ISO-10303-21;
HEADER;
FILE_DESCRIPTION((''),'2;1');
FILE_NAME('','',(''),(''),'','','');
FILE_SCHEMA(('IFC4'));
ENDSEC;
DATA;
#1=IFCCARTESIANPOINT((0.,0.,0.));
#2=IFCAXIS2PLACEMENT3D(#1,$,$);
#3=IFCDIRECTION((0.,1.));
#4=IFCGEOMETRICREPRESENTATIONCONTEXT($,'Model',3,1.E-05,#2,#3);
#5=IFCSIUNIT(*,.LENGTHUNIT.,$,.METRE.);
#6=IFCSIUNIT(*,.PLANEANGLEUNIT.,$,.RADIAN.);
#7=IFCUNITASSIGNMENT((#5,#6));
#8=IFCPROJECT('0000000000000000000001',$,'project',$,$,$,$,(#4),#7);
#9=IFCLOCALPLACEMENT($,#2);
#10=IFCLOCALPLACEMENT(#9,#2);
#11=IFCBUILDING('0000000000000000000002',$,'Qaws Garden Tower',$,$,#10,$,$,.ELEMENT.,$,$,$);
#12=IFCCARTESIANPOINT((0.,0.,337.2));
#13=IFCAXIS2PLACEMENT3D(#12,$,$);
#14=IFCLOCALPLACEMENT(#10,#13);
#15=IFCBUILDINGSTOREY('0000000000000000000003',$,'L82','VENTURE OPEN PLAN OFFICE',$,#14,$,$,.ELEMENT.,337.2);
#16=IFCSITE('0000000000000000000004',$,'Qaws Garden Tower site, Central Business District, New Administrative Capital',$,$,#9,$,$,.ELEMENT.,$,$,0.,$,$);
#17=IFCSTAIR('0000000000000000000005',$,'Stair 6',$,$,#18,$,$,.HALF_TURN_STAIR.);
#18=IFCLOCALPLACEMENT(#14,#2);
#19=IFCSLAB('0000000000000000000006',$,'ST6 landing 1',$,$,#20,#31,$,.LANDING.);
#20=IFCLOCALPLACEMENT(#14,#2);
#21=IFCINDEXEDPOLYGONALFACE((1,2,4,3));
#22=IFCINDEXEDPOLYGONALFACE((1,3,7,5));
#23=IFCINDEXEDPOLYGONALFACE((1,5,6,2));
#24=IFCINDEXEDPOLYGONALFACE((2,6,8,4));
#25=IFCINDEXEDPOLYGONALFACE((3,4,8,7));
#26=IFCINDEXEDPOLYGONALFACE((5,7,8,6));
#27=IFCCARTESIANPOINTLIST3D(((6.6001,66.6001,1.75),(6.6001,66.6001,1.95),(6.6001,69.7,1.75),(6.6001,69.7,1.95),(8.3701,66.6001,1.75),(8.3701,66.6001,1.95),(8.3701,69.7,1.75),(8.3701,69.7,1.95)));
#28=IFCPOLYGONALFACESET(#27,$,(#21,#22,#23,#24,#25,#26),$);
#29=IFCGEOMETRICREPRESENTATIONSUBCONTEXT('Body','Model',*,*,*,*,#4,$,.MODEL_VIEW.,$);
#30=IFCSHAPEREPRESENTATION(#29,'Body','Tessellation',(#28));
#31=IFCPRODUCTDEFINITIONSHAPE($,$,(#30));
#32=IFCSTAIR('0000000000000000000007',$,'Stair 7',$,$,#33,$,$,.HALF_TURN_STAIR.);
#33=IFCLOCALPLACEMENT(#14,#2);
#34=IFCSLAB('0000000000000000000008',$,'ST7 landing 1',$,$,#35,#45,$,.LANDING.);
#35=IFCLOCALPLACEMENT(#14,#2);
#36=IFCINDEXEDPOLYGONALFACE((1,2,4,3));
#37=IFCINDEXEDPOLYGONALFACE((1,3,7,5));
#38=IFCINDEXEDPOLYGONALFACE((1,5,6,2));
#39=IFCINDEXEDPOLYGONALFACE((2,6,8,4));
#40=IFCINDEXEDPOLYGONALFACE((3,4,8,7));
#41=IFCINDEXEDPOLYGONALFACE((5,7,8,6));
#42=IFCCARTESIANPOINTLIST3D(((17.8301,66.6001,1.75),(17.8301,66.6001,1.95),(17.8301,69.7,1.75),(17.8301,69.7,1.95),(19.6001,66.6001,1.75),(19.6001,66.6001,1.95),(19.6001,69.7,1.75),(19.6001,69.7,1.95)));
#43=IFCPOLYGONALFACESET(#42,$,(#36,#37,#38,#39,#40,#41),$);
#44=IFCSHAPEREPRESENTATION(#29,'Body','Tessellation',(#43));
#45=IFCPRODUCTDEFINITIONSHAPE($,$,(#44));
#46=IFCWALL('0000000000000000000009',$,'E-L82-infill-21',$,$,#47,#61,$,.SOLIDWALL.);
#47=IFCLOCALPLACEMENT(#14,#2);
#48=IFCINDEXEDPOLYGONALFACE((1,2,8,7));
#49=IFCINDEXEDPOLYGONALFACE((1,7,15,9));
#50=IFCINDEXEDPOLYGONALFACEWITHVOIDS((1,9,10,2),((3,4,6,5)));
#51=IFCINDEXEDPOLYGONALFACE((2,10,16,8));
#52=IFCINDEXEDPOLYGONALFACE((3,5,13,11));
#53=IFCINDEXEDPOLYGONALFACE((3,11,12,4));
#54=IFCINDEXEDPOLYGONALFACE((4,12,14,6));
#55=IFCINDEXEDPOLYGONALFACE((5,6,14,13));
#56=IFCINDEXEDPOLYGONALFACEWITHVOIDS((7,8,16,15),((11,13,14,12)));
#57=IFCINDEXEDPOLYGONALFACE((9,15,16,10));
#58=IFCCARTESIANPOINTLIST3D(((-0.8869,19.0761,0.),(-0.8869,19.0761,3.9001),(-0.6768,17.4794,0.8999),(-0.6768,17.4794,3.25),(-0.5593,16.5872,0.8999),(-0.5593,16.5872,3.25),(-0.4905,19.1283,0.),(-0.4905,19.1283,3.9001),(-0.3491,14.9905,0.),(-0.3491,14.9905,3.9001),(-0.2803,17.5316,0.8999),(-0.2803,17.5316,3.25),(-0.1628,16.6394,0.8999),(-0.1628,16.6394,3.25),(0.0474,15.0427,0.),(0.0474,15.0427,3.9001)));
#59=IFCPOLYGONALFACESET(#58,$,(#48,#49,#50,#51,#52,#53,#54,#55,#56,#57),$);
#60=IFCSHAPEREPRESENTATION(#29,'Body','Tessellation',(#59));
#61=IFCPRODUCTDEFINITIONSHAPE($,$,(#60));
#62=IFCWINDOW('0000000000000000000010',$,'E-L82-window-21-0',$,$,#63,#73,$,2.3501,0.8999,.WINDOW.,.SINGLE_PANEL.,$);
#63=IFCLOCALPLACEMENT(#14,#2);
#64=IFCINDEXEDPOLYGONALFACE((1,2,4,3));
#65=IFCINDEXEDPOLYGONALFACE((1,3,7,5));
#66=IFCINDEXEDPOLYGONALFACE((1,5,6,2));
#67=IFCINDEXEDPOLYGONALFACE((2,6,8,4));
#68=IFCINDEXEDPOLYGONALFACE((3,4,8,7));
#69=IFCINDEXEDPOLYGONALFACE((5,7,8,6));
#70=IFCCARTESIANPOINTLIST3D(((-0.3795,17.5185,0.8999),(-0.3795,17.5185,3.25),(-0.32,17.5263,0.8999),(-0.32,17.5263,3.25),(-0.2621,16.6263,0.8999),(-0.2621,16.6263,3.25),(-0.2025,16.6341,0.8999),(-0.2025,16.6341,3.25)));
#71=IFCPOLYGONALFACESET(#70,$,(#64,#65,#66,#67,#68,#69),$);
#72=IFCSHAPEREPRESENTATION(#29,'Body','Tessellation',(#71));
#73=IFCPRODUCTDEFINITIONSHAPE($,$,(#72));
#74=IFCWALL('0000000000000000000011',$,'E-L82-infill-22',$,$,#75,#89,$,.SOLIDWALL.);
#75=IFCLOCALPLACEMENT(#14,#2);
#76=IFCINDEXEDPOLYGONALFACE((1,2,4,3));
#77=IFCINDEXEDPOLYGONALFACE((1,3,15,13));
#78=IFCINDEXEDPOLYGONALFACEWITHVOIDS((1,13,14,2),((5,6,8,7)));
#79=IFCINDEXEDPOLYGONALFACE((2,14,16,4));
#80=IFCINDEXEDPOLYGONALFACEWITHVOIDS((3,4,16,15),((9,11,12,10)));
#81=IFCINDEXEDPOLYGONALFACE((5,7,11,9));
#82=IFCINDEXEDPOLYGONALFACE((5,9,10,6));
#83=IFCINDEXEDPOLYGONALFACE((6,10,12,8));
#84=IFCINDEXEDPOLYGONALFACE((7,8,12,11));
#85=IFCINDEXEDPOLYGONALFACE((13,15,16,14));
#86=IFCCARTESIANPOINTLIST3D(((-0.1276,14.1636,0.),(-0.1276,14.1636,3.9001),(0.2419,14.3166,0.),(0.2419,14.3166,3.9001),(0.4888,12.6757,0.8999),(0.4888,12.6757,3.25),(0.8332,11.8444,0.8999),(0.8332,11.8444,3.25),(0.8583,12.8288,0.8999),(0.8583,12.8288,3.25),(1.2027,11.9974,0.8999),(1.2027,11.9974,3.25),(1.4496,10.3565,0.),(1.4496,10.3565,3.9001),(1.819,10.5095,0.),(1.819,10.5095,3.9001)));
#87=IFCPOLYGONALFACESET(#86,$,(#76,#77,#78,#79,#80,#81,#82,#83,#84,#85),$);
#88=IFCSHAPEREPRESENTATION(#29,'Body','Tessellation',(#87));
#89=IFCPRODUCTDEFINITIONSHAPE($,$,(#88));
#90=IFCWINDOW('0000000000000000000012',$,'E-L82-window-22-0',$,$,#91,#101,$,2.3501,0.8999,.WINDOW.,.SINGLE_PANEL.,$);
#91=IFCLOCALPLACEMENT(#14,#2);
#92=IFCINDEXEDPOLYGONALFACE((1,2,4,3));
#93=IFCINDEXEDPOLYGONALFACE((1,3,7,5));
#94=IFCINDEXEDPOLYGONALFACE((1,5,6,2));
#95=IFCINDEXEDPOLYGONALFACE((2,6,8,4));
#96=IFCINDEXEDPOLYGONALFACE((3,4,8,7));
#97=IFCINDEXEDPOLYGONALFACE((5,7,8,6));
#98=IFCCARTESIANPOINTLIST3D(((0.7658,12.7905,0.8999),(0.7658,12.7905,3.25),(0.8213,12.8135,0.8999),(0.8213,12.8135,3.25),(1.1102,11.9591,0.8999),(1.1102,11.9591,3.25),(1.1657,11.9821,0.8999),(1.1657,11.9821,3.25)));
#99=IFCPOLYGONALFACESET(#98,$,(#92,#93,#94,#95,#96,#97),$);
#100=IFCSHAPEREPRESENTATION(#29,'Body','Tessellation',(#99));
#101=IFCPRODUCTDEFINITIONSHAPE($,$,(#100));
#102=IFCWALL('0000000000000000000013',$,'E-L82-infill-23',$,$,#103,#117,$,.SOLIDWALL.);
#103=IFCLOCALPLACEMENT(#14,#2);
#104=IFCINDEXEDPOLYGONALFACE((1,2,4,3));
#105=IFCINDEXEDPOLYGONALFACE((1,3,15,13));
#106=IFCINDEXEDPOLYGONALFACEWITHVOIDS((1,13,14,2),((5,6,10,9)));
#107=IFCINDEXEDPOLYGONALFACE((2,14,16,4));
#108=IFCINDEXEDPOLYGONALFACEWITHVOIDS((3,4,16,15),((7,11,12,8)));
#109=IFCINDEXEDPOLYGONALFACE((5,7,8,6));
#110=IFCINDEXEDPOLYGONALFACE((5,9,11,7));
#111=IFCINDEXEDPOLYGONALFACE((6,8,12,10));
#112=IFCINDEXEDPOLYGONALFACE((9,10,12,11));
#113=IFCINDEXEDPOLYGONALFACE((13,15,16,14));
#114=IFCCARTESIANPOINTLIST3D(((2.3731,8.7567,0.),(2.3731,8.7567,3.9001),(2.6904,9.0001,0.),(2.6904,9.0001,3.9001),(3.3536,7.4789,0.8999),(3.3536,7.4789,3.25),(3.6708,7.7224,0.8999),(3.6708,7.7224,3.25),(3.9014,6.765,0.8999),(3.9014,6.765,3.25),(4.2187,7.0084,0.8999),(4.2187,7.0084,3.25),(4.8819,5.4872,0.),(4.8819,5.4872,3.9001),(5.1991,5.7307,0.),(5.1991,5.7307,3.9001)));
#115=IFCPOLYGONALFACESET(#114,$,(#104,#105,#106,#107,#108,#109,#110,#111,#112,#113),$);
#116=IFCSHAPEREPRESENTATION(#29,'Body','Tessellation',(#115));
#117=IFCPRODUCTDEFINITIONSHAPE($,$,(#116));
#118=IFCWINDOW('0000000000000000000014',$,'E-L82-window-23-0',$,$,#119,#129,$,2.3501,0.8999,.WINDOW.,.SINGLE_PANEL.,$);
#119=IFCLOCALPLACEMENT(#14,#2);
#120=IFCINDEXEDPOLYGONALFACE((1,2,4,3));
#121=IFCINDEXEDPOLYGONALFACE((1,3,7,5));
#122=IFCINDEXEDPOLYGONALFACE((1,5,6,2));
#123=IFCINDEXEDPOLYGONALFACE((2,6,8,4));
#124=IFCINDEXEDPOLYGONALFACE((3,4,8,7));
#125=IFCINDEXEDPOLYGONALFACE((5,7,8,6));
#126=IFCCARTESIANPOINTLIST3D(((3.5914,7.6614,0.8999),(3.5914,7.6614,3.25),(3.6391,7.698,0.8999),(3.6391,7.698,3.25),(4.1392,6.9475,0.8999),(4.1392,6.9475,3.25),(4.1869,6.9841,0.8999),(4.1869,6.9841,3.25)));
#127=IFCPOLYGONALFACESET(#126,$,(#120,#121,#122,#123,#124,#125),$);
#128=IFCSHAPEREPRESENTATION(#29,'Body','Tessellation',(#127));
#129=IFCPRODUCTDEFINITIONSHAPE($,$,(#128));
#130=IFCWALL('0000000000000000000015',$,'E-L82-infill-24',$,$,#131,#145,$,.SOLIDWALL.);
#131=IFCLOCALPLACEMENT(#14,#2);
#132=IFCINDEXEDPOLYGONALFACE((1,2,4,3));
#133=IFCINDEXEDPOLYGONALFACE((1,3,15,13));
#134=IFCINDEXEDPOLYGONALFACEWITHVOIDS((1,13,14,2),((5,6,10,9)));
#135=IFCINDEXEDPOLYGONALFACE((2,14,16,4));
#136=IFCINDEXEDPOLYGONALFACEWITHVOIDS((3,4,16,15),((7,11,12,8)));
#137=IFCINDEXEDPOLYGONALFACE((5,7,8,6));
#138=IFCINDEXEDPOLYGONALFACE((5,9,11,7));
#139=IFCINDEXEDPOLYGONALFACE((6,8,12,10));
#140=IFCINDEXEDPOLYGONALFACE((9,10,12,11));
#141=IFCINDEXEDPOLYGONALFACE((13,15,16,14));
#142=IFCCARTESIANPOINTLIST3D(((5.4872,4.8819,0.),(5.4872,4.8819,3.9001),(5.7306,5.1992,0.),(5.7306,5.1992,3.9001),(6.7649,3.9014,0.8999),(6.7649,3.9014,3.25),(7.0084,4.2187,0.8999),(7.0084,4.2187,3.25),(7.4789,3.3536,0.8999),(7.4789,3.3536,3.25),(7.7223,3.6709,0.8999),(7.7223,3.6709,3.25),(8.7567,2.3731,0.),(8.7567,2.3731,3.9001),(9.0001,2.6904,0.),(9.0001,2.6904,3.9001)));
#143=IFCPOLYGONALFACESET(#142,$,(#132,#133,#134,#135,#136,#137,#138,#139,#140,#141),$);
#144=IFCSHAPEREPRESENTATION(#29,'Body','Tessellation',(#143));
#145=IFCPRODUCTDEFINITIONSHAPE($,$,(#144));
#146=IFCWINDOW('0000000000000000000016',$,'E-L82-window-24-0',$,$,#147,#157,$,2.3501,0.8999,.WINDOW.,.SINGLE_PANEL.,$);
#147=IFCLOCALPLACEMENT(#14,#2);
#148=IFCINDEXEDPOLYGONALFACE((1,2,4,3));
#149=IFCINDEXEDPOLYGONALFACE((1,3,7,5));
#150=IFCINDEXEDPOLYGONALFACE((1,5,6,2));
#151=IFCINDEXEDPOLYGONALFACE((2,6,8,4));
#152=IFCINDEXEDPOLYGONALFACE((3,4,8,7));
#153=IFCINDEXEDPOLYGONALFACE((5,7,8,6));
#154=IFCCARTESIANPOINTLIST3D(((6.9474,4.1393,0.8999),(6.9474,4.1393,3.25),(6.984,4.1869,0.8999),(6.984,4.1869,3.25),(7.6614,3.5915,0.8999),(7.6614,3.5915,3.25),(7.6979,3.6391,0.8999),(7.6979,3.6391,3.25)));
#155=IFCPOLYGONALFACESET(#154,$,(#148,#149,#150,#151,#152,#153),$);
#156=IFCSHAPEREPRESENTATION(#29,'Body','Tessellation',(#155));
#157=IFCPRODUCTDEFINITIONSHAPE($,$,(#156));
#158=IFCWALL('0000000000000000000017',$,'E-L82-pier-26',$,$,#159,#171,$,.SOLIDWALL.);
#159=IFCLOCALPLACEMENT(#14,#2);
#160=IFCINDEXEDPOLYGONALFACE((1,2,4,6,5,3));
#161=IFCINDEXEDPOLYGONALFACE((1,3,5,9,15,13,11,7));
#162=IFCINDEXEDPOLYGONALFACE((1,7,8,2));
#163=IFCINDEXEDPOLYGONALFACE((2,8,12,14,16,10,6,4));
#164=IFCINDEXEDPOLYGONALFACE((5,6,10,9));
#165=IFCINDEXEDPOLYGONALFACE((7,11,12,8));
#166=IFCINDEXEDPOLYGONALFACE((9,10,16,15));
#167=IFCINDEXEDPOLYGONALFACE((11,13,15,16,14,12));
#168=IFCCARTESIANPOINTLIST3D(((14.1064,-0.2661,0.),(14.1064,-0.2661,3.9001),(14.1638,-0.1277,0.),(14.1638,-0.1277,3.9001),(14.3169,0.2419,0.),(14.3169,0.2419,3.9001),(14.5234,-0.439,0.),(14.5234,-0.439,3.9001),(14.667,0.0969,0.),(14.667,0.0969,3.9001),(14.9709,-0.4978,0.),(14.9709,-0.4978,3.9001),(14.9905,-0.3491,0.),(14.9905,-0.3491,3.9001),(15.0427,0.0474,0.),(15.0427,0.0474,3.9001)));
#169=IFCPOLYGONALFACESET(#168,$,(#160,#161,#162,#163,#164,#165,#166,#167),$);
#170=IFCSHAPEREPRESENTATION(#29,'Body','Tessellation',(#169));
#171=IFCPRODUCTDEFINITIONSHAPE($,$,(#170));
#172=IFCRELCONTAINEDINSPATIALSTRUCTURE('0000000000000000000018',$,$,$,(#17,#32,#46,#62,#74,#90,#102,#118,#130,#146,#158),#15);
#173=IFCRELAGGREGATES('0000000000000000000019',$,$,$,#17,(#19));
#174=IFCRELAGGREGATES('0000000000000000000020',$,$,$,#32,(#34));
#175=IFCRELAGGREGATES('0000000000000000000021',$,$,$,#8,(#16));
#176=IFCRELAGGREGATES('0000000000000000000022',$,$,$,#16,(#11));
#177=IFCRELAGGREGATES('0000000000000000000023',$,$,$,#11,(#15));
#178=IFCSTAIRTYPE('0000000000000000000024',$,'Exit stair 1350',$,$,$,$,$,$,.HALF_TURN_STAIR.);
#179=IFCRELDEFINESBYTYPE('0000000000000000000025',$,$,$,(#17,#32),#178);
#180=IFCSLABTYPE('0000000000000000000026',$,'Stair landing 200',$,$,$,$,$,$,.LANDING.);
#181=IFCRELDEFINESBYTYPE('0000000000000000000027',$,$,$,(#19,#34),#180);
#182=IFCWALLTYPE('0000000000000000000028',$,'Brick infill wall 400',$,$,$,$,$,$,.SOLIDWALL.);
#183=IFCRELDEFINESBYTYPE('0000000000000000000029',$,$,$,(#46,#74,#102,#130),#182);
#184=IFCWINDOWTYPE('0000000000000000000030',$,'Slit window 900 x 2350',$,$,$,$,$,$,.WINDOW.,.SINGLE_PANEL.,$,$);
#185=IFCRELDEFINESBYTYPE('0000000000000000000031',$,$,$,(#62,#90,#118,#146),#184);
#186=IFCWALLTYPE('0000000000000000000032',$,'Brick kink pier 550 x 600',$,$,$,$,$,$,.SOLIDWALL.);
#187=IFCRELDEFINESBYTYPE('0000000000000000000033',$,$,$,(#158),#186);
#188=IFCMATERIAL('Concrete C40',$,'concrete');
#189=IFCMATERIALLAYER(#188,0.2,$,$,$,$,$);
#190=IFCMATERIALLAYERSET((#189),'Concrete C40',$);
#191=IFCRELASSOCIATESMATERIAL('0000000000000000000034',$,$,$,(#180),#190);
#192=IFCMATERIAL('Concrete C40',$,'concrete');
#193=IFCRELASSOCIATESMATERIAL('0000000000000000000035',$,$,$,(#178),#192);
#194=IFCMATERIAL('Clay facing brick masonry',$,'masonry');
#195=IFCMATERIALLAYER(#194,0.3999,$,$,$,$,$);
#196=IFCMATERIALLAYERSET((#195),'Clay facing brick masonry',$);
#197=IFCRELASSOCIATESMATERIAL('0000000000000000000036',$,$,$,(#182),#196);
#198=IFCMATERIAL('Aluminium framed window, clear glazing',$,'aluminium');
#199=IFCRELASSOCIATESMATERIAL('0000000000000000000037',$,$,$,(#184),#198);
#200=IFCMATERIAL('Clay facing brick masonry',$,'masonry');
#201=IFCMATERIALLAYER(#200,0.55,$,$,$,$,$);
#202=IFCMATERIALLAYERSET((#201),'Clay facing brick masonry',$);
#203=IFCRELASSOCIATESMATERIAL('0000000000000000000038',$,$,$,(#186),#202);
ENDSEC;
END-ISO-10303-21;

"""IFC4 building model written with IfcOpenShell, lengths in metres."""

from ifc_helpers import new_model, si_unit, direction, frame, frame_2d, origin, place, context, subcontext, project, spatial, polyline, rectangle, outline, extrude, material, layer, layer_set, type_object, element, fill, aggregate, save


model = new_model("IFC4")

# Units and contexts
model_context = context("Model", 3, precision=1e-05, world=origin(), true_north=direction((0.0, 1.0)))
body_context = subcontext(model_context, "Body", "Model", "MODEL_VIEW")
ifc_project = project(units=[si_unit("LENGTHUNIT", "METRE"), si_unit("PLANEANGLEUNIT", "RADIAN")], contexts=[model_context])

# Site, building, storey
site_placement = place(None, origin())
site = spatial("IfcSite", under=ifc_project, at=site_placement, Name="Qaws Garden Tower site, Central Business District, New Administrative Capital", CompositionType="ELEMENT", RefElevation=0.0)
building_placement = place(site_placement, origin())
building = spatial("IfcBuilding", under=site, at=building_placement, Name="Qaws Garden Tower", CompositionType="ELEMENT")
storey_placement = place(building_placement, frame((0.0, 0.0, 337.2)))
storey = spatial("IfcBuildingStorey", under=building, at=storey_placement, Name="L82", Description="VENTURE OPEN PLAN OFFICE", CompositionType="ELEMENT", Elevation=337.2)

# Stairs, slabs
placement_1 = place(storey_placement, origin())
ifc_material_1 = material(Name="Concrete C40", Category="concrete")
ifc_layer_1 = layer(ifc_material_1, 0.2)
ifc_layer_set_1 = layer_set([ifc_layer_1], Name="Concrete C40")
slab_type = type_object("IfcSlabType", Name="Stair landing 200", PredefinedType="LANDING", material=ifc_layer_set_1)
placement_2 = place(storey_placement, frame((0.0, 0.0, 1.75)))
ifc_material_2 = material(Name="Concrete C40", Category="concrete")
stair_type_1 = type_object("IfcStairType", Name="Exit stair 1350", PredefinedType="HALF_TURN_STAIR", material=ifc_material_2)
stair_1 = element("IfcStair", 1, at=placement_1, inside=storey, type_object=stair_type_1, Name="Stair 6", PredefinedType="HALF_TURN_STAIR")
slab_1 = element("IfcSlab", 2, at=placement_2, type_object=slab_type, Name="ST6 landing 1", PredefinedType="LANDING", context=body_context, shape_type="SweptSolid", body=[
    extrude(outline(polyline([(6.6001, 66.6001), (8.3701, 66.6001), (8.3701, 69.7), (6.6001, 69.7), (6.6001, 66.6001)])), origin(), (0.0, 0.0, 1.0), 0.2),
])
aggregate(stair_1, [slab_1])
stair_2 = element("IfcStair", 3, at=placement_1, inside=storey, type_object=stair_type_1, Name="Stair 7", PredefinedType="HALF_TURN_STAIR")
slab_2 = element("IfcSlab", 4, at=placement_2, type_object=slab_type, Name="ST7 landing 1", PredefinedType="LANDING", context=body_context, shape_type="SweptSolid", body=[
    extrude(outline(polyline([(17.8301, 66.6001), (19.6001, 66.6001), (19.6001, 69.7), (17.8301, 69.7), (17.8301, 66.6001)])), origin(), (0.0, 0.0, 1.0), 0.2),
])
aggregate(stair_2, [slab_2])

# Walls, openings, windows
ifc_material_3 = material(Name="Clay facing brick masonry", Category="masonry")
ifc_layer_2 = layer(ifc_material_3, 0.3999)
ifc_layer_set_2 = layer_set([ifc_layer_2], Name="Clay facing brick masonry")
wall_type_1 = type_object("IfcWallType", Name="Brick infill wall 400", PredefinedType="SOLIDWALL", material=ifc_layer_set_2)
wall_1_placement = place(storey_placement, frame((-0.6887, 19.1023, 0.0), z_axis=(0.0, 0.0, 1.0), x_axis=(0.130514, -0.991446, 0.0)))
wall_1 = element("IfcWall", 5, at=wall_1_placement, inside=storey, type_object=wall_type_1, Name="E-L82-infill-21", PredefinedType="SOLIDWALL", context=body_context, shape_type="SweptSolid", body=[
    extrude(rectangle(XDim=4.1208, YDim=0.3999, at=frame_2d((2.0605, 0.0))), origin(), (0.0, 0.0, 1.0), 3.9001),
])
opening_1_placement = place(wall_1_placement, frame((1.6106, 0.0, 0.8999)))
opening_1 = element("IfcOpeningElement", 6, at=opening_1_placement, cuts=wall_1, PredefinedType="OPENING", context=body_context, shape_type="SweptSolid", body=[
    extrude(rectangle(XDim=0.8999, YDim=2.3501, at=frame_2d((0.45, 1.175))), frame((0.0, 0.21, 0.0), z_axis=(0.0, -1.0, 0.0), x_axis=(1.0, 0.0, 0.0)), (0.0, 0.0, 1.0), 0.4199),
])
ifc_material_4 = material(Name="Aluminium framed window, clear glazing", Category="aluminium")
window_type = type_object("IfcWindowType", Name="Slit window 900 x 2350", PartitioningType="SINGLE_PANEL", PredefinedType="WINDOW", material=ifc_material_4)
window_1_placement = place(opening_1_placement, origin())
window_1 = element("IfcWindow", 7, at=window_1_placement, inside=storey, type_object=window_type, Name="E-L82-window-21-0", OverallHeight=2.3501, OverallWidth=0.8999, PartitioningType="SINGLE_PANEL", PredefinedType="WINDOW", context=body_context, shape_type="SweptSolid", body=[
    extrude(rectangle(XDim=0.8999, YDim=2.3501, at=frame_2d((0.45, 1.175))), frame((0.0, 0.1599, 0.0), z_axis=(0.0, -1.0, 0.0), x_axis=(1.0, 0.0, 0.0)), (0.0, 0.0, 1.0), 0.0601),
])
fill(opening_1, window_1)
wall_2_placement = place(storey_placement, frame((0.0571, 14.2402, 0.0), z_axis=(0.0, 0.0, 1.0), x_axis=(0.382722, -0.923864, 0.0)))
wall_2 = element("IfcWall", 8, at=wall_2_placement, inside=storey, type_object=wall_type_1, Name="E-L82-infill-22", PredefinedType="SOLIDWALL", context=body_context, shape_type="SweptSolid", body=[
    extrude(rectangle(XDim=4.1208, YDim=0.3999, at=frame_2d((2.0605, 0.0))), origin(), (0.0, 0.0, 1.0), 3.9001),
])
opening_2_placement = place(wall_2_placement, frame((1.6106, 0.0, 0.8999)))
opening_2 = element("IfcOpeningElement", 9, at=opening_2_placement, cuts=wall_2, PredefinedType="OPENING", context=body_context, shape_type="SweptSolid", body=[
    extrude(rectangle(XDim=0.8999, YDim=2.3501, at=frame_2d((0.45, 1.175))), frame((0.0, 0.21, 0.0), z_axis=(0.0, -1.0, 0.0), x_axis=(1.0, 0.0, 0.0)), (0.0, 0.0, 1.0), 0.4199),
])
window_2_placement = place(opening_2_placement, origin())
window_2 = element("IfcWindow", 10, at=window_2_placement, inside=storey, type_object=window_type, Name="E-L82-window-22-0", OverallHeight=2.3501, OverallWidth=0.8999, PartitioningType="SINGLE_PANEL", PredefinedType="WINDOW", context=body_context, shape_type="SweptSolid", body=[
    extrude(rectangle(XDim=0.8999, YDim=2.3501, at=frame_2d((0.45, 1.175))), frame((0.0, 0.1599, 0.0), z_axis=(0.0, -1.0, 0.0), x_axis=(1.0, 0.0, 0.0)), (0.0, 0.0, 1.0), 0.0601),
])
fill(opening_2, window_2)
wall_3_placement = place(storey_placement, frame((2.5317, 8.8784, 0.0), z_axis=(0.0, 0.0, 1.0), x_axis=(0.60876, -0.793355, 0.0)))
wall_3 = element("IfcWall", 11, at=wall_3_placement, inside=storey, type_object=wall_type_1, Name="E-L82-infill-23", PredefinedType="SOLIDWALL", context=body_context, shape_type="SweptSolid", body=[
    extrude(rectangle(XDim=4.1211, YDim=0.3999, at=frame_2d((2.0605, 0.0))), origin(), (0.0, 0.0, 1.0), 3.9001),
])
opening_3_placement = place(wall_3_placement, frame((1.6106, 0.0, 0.8999)))
opening_3 = element("IfcOpeningElement", 12, at=opening_3_placement, cuts=wall_3, PredefinedType="OPENING", context=body_context, shape_type="SweptSolid", body=[
    extrude(rectangle(XDim=0.8999, YDim=2.3501, at=frame_2d((0.45, 1.175))), frame((0.0, 0.21, 0.0), z_axis=(0.0, -1.0, 0.0), x_axis=(1.0, 0.0, 0.0)), (0.0, 0.0, 1.0), 0.4199),
])
window_3_placement = place(opening_3_placement, origin())
window_3 = element("IfcWindow", 13, at=window_3_placement, inside=storey, type_object=window_type, Name="E-L82-window-23-0", OverallHeight=2.3501, OverallWidth=0.8999, PartitioningType="SINGLE_PANEL", PredefinedType="WINDOW", context=body_context, shape_type="SweptSolid", body=[
    extrude(rectangle(XDim=0.8999, YDim=2.3501, at=frame_2d((0.45, 1.175))), frame((0.0, 0.1599, 0.0), z_axis=(0.0, -1.0, 0.0), x_axis=(1.0, 0.0, 0.0)), (0.0, 0.0, 1.0), 0.0601),
])
fill(opening_3, window_3)
wall_4_placement = place(storey_placement, frame((5.6089, 5.0405, 0.0), z_axis=(0.0, 0.0, 1.0), x_axis=(0.793355, -0.60876, 0.0)))
wall_4 = element("IfcWall", 14, at=wall_4_placement, inside=storey, type_object=wall_type_1, Name="E-L82-infill-24", PredefinedType="SOLIDWALL", context=body_context, shape_type="SweptSolid", body=[
    extrude(rectangle(XDim=4.1211, YDim=0.3999, at=frame_2d((2.0605, 0.0))), origin(), (0.0, 0.0, 1.0), 3.9001),
])
opening_4_placement = place(wall_4_placement, frame((1.6106, 0.0, 0.8999)))
opening_4 = element("IfcOpeningElement", 15, at=opening_4_placement, cuts=wall_4, PredefinedType="OPENING", context=body_context, shape_type="SweptSolid", body=[
    extrude(rectangle(XDim=0.8999, YDim=2.3501, at=frame_2d((0.45, 1.175))), frame((0.0, 0.21, 0.0), z_axis=(0.0, -1.0, 0.0), x_axis=(1.0, 0.0, 0.0)), (0.0, 0.0, 1.0), 0.4199),
])
window_4_placement = place(opening_4_placement, origin())
window_4 = element("IfcWindow", 16, at=window_4_placement, inside=storey, type_object=window_type, Name="E-L82-window-24-0", OverallHeight=2.3501, OverallWidth=0.8999, PartitioningType="SINGLE_PANEL", PredefinedType="WINDOW", context=body_context, shape_type="SweptSolid", body=[
    extrude(rectangle(XDim=0.8999, YDim=2.3501, at=frame_2d((0.45, 1.175))), frame((0.0, 0.1599, 0.0), z_axis=(0.0, -1.0, 0.0), x_axis=(1.0, 0.0, 0.0)), (0.0, 0.0, 1.0), 0.0601),
])
fill(opening_4, window_4)

# Wall
ifc_material_5 = material(Name="Clay facing brick masonry", Category="masonry")
ifc_layer_3 = layer(ifc_material_5, 0.55)
ifc_layer_set_3 = layer_set([ifc_layer_3], Name="Clay facing brick masonry")
wall_type_2 = type_object("IfcWallType", Name="Brick kink pier 550 x 600", PredefinedType="SOLIDWALL", material=ifc_layer_set_3)
element("IfcWall", 17, at=placement_1, inside=storey, type_object=wall_type_2, Name="E-L82-pier-26", PredefinedType="SOLIDWALL", context=body_context, shape_type="SweptSolid", body=[
    extrude(outline(polyline([(14.1638, -0.1277), (14.1064, -0.2661), (14.5234, -0.439), (14.9709, -0.4978), (14.9905, -0.3491), (15.0427, 0.0474), (14.667, 0.0969), (14.3169, 0.2419), (14.1638, -0.1277)])), origin(), (0.0, 0.0, 1.0), 3.9001),
])

save(model, "model.ifc")
